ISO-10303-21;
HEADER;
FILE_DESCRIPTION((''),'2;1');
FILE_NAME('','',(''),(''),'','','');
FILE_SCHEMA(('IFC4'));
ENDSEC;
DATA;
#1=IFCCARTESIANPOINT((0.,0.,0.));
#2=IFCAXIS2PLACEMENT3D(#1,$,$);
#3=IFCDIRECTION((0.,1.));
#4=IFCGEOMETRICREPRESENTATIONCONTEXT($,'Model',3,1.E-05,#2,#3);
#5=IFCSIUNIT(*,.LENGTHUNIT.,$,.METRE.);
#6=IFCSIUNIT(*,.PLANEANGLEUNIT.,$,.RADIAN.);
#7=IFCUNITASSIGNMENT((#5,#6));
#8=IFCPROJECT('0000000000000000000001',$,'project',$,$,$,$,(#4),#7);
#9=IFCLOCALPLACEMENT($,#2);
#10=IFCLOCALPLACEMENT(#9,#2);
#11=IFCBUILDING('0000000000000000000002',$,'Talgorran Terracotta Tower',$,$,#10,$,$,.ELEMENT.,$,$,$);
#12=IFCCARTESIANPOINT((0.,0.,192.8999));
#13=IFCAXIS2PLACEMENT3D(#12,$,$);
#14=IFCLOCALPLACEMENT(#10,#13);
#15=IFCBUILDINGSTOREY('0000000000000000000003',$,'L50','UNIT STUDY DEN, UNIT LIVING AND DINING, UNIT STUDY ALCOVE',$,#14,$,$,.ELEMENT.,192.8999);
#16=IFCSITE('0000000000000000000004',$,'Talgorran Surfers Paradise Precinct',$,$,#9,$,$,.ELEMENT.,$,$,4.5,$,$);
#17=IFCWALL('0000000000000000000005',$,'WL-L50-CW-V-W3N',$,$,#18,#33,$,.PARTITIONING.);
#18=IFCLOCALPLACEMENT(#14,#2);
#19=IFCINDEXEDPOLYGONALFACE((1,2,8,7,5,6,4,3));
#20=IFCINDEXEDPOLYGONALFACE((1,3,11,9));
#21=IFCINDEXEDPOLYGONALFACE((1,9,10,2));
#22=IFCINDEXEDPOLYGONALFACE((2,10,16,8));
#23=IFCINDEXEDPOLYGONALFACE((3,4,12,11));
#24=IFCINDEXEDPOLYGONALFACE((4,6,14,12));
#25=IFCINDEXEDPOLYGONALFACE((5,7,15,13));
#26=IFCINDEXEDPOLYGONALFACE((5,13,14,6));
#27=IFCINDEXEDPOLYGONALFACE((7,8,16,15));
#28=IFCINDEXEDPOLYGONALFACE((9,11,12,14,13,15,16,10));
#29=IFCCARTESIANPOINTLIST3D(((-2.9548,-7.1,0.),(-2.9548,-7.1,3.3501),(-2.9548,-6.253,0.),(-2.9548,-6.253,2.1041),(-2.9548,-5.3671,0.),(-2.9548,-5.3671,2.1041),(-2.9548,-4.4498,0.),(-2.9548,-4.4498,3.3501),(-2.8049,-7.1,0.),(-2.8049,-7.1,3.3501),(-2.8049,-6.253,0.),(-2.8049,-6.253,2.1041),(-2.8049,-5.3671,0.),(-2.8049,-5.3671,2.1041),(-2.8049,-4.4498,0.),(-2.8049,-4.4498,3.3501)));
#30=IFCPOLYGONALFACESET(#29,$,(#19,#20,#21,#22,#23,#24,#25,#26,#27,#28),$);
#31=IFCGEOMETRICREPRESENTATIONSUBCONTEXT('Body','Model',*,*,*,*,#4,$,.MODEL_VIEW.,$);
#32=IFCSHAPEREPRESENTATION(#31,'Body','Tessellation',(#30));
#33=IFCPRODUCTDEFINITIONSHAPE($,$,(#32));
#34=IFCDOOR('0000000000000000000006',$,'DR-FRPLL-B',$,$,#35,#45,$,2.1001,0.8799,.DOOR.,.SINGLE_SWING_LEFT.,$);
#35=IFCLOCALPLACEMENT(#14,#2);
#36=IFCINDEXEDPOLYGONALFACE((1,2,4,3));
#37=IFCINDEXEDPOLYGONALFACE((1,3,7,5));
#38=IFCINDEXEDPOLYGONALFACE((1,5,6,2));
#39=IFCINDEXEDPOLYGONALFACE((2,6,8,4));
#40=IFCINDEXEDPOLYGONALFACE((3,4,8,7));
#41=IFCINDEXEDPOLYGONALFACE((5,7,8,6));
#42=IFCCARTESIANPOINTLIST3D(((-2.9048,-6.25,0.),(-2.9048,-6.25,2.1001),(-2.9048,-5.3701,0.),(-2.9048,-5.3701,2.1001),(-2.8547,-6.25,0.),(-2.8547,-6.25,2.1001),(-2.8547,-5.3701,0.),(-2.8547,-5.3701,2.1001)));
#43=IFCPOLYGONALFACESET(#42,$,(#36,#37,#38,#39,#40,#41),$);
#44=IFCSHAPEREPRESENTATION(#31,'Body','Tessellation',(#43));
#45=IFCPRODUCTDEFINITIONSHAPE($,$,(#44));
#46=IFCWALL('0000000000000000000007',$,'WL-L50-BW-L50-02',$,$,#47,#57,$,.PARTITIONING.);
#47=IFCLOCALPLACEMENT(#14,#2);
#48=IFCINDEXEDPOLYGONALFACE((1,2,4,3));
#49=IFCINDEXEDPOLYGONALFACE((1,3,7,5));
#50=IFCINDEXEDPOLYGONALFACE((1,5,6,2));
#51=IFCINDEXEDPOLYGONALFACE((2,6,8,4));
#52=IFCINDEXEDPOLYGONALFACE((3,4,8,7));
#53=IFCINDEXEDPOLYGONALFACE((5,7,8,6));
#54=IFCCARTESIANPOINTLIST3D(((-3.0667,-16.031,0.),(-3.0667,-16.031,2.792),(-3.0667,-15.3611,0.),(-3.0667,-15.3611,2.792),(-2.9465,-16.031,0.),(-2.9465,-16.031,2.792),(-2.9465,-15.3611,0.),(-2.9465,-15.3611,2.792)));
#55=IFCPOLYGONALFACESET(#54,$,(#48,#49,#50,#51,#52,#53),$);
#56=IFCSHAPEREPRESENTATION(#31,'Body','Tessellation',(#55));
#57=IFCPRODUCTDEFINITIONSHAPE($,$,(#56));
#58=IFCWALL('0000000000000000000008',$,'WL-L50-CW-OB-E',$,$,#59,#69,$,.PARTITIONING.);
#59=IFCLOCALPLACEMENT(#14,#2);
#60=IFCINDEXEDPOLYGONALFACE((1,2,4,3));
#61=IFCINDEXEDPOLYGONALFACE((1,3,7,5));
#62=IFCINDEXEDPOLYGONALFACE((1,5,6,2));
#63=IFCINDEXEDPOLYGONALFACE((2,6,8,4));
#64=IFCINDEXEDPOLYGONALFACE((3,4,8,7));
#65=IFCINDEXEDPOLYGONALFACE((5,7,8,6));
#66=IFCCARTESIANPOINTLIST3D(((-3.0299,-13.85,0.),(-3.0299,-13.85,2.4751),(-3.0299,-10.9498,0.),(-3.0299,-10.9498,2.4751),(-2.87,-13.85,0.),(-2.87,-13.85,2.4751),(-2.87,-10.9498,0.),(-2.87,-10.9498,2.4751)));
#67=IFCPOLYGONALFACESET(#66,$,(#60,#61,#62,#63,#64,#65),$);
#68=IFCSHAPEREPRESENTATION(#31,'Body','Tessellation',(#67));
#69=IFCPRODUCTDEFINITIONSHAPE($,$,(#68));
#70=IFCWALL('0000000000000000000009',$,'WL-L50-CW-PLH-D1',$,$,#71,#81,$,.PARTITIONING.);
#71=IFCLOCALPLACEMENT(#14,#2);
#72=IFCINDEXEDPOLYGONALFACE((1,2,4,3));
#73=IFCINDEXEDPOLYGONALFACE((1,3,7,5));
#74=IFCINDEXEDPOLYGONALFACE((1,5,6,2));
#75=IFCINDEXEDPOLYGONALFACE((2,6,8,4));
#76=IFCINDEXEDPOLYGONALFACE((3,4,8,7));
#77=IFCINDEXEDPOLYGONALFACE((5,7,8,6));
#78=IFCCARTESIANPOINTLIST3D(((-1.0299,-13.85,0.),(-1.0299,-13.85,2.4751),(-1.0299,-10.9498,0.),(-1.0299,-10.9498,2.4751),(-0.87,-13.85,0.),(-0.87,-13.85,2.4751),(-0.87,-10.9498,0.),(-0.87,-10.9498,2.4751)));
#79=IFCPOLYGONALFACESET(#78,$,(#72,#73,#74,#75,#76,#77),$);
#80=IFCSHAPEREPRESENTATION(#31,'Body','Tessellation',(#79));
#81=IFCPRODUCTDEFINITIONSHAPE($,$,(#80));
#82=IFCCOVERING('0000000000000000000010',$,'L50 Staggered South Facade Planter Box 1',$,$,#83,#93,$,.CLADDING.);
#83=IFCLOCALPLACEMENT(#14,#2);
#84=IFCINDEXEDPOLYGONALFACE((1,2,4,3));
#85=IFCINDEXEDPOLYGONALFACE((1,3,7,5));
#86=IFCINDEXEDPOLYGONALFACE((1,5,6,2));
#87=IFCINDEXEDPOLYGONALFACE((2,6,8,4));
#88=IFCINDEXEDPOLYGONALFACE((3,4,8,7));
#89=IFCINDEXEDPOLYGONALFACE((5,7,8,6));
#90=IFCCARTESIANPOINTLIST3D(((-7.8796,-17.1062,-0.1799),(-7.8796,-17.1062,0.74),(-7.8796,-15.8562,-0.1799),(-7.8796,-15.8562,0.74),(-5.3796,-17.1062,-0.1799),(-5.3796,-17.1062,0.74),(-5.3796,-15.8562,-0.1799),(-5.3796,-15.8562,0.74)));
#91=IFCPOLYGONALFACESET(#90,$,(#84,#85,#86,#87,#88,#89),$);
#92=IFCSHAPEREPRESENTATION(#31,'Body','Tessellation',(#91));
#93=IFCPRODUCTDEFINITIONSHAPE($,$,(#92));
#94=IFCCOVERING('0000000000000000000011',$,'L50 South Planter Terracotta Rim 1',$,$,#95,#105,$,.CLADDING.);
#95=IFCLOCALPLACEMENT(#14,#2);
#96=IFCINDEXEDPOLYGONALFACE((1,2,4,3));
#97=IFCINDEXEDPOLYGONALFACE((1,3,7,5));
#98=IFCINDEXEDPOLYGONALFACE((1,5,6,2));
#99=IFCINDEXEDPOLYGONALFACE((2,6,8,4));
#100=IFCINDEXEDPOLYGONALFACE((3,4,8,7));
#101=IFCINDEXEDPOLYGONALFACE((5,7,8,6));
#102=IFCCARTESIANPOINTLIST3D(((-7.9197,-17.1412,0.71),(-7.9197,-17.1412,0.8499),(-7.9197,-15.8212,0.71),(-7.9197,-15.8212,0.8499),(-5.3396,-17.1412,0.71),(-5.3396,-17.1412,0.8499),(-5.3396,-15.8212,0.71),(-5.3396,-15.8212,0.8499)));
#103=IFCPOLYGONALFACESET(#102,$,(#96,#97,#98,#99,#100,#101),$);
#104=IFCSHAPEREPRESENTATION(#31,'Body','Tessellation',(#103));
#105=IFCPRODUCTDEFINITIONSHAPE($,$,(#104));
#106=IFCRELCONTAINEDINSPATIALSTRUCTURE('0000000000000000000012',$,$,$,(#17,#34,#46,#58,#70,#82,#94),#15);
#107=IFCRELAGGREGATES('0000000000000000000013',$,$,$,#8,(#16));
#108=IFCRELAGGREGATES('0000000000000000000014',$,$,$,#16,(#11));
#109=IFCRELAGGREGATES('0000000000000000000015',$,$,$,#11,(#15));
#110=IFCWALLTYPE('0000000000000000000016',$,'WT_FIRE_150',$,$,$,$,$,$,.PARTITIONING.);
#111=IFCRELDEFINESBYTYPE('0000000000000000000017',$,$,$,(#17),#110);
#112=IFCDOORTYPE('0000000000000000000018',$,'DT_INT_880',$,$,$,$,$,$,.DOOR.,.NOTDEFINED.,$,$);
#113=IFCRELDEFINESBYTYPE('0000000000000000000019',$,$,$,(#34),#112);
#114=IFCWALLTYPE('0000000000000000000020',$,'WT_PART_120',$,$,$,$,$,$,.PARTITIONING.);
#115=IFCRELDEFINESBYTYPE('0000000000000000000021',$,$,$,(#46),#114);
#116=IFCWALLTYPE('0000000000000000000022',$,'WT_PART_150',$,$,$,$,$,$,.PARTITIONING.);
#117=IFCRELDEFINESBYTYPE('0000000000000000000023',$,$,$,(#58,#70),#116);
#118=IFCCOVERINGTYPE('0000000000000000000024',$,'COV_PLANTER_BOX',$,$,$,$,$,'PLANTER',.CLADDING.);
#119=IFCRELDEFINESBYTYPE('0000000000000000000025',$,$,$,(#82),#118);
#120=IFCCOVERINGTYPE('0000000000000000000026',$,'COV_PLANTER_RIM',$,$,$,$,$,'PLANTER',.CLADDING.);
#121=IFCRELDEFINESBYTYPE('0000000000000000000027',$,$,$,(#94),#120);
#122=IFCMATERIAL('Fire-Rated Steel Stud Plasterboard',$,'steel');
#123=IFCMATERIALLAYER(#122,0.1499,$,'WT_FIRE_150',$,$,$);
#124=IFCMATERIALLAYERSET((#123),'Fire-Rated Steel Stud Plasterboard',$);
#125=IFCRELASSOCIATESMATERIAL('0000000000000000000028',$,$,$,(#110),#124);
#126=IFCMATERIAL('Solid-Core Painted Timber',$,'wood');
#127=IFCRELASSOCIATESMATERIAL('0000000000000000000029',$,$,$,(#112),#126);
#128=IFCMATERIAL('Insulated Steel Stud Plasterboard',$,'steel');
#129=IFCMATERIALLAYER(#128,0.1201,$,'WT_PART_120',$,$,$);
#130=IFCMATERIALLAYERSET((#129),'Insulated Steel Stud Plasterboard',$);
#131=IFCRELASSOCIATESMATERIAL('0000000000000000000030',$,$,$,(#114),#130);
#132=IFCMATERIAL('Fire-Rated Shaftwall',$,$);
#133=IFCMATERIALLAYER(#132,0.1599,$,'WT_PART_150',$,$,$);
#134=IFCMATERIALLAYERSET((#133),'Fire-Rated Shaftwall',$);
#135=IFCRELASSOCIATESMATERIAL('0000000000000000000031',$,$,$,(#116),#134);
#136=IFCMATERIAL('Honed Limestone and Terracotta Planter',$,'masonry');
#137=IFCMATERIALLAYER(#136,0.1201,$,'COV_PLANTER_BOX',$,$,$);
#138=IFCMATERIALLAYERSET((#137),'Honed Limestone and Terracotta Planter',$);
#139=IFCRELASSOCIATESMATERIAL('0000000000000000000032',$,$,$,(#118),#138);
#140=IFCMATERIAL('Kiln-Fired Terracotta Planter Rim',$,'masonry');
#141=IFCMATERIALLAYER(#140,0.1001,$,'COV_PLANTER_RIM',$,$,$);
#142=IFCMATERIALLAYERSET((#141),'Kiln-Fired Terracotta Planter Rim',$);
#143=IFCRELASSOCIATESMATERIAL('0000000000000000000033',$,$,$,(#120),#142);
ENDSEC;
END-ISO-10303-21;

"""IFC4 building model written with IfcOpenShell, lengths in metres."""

from ifc_helpers import new_model, si_unit, direction, frame, frame_2d, origin, origin_2d, place, context, subcontext, project, spatial, rectangle, extrude, material, layer, layer_set, type_object, element, fill, save


model = new_model("IFC4")

# Units and contexts
model_context = context("Model", 3, precision=1e-05, world=origin(), true_north=direction((0.0, 1.0)))
body_context = subcontext(model_context, "Body", "Model", "MODEL_VIEW")
ifc_project = project(units=[si_unit("LENGTHUNIT", "METRE"), si_unit("PLANEANGLEUNIT", "RADIAN")], contexts=[model_context])

# Site, building, storey
site_placement = place(None, origin())
site = spatial("IfcSite", under=ifc_project, at=site_placement, Name="Talgorran Surfers Paradise Precinct", CompositionType="ELEMENT", RefElevation=4.5)
building_placement = place(site_placement, origin())
building = spatial("IfcBuilding", under=site, at=building_placement, Name="Talgorran Terracotta Tower", CompositionType="ELEMENT")
storey_placement = place(building_placement, frame((0.0, 0.0, 192.8999)))
storey = spatial("IfcBuildingStorey", under=building, at=storey_placement, Name="L50", Description="UNIT STUDY DEN, UNIT LIVING AND DINING, UNIT STUDY ALCOVE", CompositionType="ELEMENT", Elevation=192.8999)

# Shared definitions
ifc_material_1 = material(Name="Fire-Rated Steel Stud Plasterboard", Category="steel")
ifc_layer_1 = layer(ifc_material_1, 0.1499, Name="WT_FIRE_150")
ifc_layer_set_1 = layer_set([ifc_layer_1], Name="Fire-Rated Steel Stud Plasterboard")
wall_type_1 = type_object("IfcWallType", Name="WT_FIRE_150", PredefinedType="PARTITIONING", material=ifc_layer_set_1)

# Wall, opening, door
wall_1_placement = place(storey_placement, frame((-2.8799, -7.1001, 0.0), z_axis=(0.0, 0.0, 1.0), x_axis=(0.0, 1.0, 0.0)))
wall_1 = element("IfcWall", 1, at=wall_1_placement, inside=storey, type_object=wall_type_1, Name="WL-L50-CW-V-W3N", PredefinedType="PARTITIONING", context=body_context, shape_type="SweptSolid", body=[
    extrude(rectangle(XDim=2.6501, YDim=0.1499, at=frame_2d((1.3252, 0.0))), origin(), (0.0, 0.0, 1.0), 3.3501),
])
opening_1_placement = place(wall_1_placement, frame((0.8501, 0.0, 0.0)))
opening_1 = element("IfcOpeningElement", 2, at=opening_1_placement, cuts=wall_1, PredefinedType="OPENING", context=body_context, shape_type="SweptSolid", body=[
    extrude(rectangle(XDim=0.8859, YDim=2.1041, at=frame_2d((0.4399, 1.052))), frame((0.0, 0.085, 0.0), z_axis=(0.0, -1.0, 0.0), x_axis=(1.0, 0.0, 0.0)), (0.0, 0.0, 1.0), 0.1699),
])
ifc_material_2 = material(Name="Solid-Core Painted Timber", Category="wood")
door_type_1 = type_object("IfcDoorType", Name="DT_INT_880", OperationType="NOTDEFINED", PredefinedType="DOOR", material=ifc_material_2)
door_1_placement = place(opening_1_placement, origin())
door_1 = element("IfcDoor", 3, at=door_1_placement, inside=storey, type_object=door_type_1, Name="DR-FRPLL-B", OperationType="SINGLE_SWING_LEFT", OverallHeight=2.1001, OverallWidth=0.8799, PredefinedType="DOOR", context=body_context, shape_type="SweptSolid", body=[
    extrude(rectangle(XDim=0.8799, YDim=2.1001, at=frame_2d((0.4399, 1.05))), frame((0.0, 0.0249, 0.0), z_axis=(0.0, -1.0, 0.0), x_axis=(1.0, 0.0, 0.0)), (0.0, 0.0, 1.0), 0.05),
])
fill(opening_1, door_1)

# Walls
ifc_material_3 = material(Name="Insulated Steel Stud Plasterboard", Category="steel")
ifc_layer_2 = layer(ifc_material_3, 0.1201, Name="WT_PART_120")
ifc_layer_set_2 = layer_set([ifc_layer_2], Name="Insulated Steel Stud Plasterboard")
wall_type_2 = type_object("IfcWallType", Name="WT_PART_120", PredefinedType="PARTITIONING", material=ifc_layer_set_2)
wall_2_placement = place(storey_placement, frame((-3.0066, -15.3611, 0.0), z_axis=(0.0, 0.0, 1.0), x_axis=(0.0, -1.0, 0.0)))
element("IfcWall", 4, at=wall_2_placement, inside=storey, type_object=wall_type_2, Name="WL-L50-BW-L50-02", PredefinedType="PARTITIONING", context=body_context, shape_type="SweptSolid", body=[
    extrude(rectangle(XDim=0.6699, YDim=0.1201, at=frame_2d((0.335, 0.0))), origin(), (0.0, 0.0, 1.0), 2.792),
])
ifc_material_4 = material(Name="Fire-Rated Shaftwall")
ifc_layer_3 = layer(ifc_material_4, 0.1599, Name="WT_PART_150")
ifc_layer_set_3 = layer_set([ifc_layer_3], Name="Fire-Rated Shaftwall")
wall_type_3 = type_object("IfcWallType", Name="WT_PART_150", PredefinedType="PARTITIONING", material=ifc_layer_set_3)
for number, where, z_axis, x_axis, name in (
    (5, (-2.95, -13.8501, 0.0), (0.0, 0.0, 1.0), (0.0, 1.0, 0.0), "WL-L50-CW-OB-E"),
    (6, (-0.95, -13.8501, 0.0), (0.0, 0.0, 1.0), (0.0, 1.0, 0.0), "WL-L50-CW-PLH-D1"),
):
    element("IfcWall", number, at=place(storey_placement, frame(where, z_axis=z_axis, x_axis=x_axis)), inside=storey, type_object=wall_type_3, Name=name, PredefinedType="PARTITIONING", context=body_context, shape_type="SweptSolid", body=[
        extrude(rectangle(XDim=2.9001, YDim=0.1599, at=frame_2d((1.4502, 0.0))), origin(), (0.0, 0.0, 1.0), 2.4751),
    ])

# Coverings
ifc_material_5 = material(Name="Honed Limestone and Terracotta Planter", Category="masonry")
ifc_layer_4 = layer(ifc_material_5, 0.1201, Name="COV_PLANTER_BOX")
ifc_layer_set_4 = layer_set([ifc_layer_4], Name="Honed Limestone and Terracotta Planter")
covering_type_1 = type_object("IfcCoveringType", Name="COV_PLANTER_BOX", ElementType="PLANTER", PredefinedType="CLADDING", material=ifc_layer_set_4)
covering_1_placement = place(storey_placement, frame((-6.6296, -16.4812, -0.1799), z_axis=(0.0, 0.0, 1.0), x_axis=(1.0, 0.0, 0.0)))
element("IfcCovering", 7, at=covering_1_placement, inside=storey, type_object=covering_type_1, Name="L50 Staggered South Facade Planter Box 1", PredefinedType="CLADDING", context=body_context, shape_type="SweptSolid", body=[
    extrude(rectangle(XDim=2.5, YDim=1.25, at=origin_2d()), origin(), (0.0, 0.0, 1.0), 0.9199),
])
ifc_material_6 = material(Name="Kiln-Fired Terracotta Planter Rim", Category="masonry")
ifc_layer_5 = layer(ifc_material_6, 0.1001, Name="COV_PLANTER_RIM")
ifc_layer_set_5 = layer_set([ifc_layer_5], Name="Kiln-Fired Terracotta Planter Rim")
covering_type_2 = type_object("IfcCoveringType", Name="COV_PLANTER_RIM", ElementType="PLANTER", PredefinedType="CLADDING", material=ifc_layer_set_5)
covering_2_placement = place(storey_placement, frame((-6.6296, -16.4812, 0.71), z_axis=(0.0, 0.0, 1.0), x_axis=(1.0, 0.0, 0.0)))
element("IfcCovering", 8, at=covering_2_placement, inside=storey, type_object=covering_type_2, Name="L50 South Planter Terracotta Rim 1", PredefinedType="CLADDING", context=body_context, shape_type="SweptSolid", body=[
    extrude(rectangle(XDim=2.5801, YDim=1.3201, at=origin_2d()), origin(), (0.0, 0.0, 1.0), 0.1399),
])

save(model, "model.ifc")
